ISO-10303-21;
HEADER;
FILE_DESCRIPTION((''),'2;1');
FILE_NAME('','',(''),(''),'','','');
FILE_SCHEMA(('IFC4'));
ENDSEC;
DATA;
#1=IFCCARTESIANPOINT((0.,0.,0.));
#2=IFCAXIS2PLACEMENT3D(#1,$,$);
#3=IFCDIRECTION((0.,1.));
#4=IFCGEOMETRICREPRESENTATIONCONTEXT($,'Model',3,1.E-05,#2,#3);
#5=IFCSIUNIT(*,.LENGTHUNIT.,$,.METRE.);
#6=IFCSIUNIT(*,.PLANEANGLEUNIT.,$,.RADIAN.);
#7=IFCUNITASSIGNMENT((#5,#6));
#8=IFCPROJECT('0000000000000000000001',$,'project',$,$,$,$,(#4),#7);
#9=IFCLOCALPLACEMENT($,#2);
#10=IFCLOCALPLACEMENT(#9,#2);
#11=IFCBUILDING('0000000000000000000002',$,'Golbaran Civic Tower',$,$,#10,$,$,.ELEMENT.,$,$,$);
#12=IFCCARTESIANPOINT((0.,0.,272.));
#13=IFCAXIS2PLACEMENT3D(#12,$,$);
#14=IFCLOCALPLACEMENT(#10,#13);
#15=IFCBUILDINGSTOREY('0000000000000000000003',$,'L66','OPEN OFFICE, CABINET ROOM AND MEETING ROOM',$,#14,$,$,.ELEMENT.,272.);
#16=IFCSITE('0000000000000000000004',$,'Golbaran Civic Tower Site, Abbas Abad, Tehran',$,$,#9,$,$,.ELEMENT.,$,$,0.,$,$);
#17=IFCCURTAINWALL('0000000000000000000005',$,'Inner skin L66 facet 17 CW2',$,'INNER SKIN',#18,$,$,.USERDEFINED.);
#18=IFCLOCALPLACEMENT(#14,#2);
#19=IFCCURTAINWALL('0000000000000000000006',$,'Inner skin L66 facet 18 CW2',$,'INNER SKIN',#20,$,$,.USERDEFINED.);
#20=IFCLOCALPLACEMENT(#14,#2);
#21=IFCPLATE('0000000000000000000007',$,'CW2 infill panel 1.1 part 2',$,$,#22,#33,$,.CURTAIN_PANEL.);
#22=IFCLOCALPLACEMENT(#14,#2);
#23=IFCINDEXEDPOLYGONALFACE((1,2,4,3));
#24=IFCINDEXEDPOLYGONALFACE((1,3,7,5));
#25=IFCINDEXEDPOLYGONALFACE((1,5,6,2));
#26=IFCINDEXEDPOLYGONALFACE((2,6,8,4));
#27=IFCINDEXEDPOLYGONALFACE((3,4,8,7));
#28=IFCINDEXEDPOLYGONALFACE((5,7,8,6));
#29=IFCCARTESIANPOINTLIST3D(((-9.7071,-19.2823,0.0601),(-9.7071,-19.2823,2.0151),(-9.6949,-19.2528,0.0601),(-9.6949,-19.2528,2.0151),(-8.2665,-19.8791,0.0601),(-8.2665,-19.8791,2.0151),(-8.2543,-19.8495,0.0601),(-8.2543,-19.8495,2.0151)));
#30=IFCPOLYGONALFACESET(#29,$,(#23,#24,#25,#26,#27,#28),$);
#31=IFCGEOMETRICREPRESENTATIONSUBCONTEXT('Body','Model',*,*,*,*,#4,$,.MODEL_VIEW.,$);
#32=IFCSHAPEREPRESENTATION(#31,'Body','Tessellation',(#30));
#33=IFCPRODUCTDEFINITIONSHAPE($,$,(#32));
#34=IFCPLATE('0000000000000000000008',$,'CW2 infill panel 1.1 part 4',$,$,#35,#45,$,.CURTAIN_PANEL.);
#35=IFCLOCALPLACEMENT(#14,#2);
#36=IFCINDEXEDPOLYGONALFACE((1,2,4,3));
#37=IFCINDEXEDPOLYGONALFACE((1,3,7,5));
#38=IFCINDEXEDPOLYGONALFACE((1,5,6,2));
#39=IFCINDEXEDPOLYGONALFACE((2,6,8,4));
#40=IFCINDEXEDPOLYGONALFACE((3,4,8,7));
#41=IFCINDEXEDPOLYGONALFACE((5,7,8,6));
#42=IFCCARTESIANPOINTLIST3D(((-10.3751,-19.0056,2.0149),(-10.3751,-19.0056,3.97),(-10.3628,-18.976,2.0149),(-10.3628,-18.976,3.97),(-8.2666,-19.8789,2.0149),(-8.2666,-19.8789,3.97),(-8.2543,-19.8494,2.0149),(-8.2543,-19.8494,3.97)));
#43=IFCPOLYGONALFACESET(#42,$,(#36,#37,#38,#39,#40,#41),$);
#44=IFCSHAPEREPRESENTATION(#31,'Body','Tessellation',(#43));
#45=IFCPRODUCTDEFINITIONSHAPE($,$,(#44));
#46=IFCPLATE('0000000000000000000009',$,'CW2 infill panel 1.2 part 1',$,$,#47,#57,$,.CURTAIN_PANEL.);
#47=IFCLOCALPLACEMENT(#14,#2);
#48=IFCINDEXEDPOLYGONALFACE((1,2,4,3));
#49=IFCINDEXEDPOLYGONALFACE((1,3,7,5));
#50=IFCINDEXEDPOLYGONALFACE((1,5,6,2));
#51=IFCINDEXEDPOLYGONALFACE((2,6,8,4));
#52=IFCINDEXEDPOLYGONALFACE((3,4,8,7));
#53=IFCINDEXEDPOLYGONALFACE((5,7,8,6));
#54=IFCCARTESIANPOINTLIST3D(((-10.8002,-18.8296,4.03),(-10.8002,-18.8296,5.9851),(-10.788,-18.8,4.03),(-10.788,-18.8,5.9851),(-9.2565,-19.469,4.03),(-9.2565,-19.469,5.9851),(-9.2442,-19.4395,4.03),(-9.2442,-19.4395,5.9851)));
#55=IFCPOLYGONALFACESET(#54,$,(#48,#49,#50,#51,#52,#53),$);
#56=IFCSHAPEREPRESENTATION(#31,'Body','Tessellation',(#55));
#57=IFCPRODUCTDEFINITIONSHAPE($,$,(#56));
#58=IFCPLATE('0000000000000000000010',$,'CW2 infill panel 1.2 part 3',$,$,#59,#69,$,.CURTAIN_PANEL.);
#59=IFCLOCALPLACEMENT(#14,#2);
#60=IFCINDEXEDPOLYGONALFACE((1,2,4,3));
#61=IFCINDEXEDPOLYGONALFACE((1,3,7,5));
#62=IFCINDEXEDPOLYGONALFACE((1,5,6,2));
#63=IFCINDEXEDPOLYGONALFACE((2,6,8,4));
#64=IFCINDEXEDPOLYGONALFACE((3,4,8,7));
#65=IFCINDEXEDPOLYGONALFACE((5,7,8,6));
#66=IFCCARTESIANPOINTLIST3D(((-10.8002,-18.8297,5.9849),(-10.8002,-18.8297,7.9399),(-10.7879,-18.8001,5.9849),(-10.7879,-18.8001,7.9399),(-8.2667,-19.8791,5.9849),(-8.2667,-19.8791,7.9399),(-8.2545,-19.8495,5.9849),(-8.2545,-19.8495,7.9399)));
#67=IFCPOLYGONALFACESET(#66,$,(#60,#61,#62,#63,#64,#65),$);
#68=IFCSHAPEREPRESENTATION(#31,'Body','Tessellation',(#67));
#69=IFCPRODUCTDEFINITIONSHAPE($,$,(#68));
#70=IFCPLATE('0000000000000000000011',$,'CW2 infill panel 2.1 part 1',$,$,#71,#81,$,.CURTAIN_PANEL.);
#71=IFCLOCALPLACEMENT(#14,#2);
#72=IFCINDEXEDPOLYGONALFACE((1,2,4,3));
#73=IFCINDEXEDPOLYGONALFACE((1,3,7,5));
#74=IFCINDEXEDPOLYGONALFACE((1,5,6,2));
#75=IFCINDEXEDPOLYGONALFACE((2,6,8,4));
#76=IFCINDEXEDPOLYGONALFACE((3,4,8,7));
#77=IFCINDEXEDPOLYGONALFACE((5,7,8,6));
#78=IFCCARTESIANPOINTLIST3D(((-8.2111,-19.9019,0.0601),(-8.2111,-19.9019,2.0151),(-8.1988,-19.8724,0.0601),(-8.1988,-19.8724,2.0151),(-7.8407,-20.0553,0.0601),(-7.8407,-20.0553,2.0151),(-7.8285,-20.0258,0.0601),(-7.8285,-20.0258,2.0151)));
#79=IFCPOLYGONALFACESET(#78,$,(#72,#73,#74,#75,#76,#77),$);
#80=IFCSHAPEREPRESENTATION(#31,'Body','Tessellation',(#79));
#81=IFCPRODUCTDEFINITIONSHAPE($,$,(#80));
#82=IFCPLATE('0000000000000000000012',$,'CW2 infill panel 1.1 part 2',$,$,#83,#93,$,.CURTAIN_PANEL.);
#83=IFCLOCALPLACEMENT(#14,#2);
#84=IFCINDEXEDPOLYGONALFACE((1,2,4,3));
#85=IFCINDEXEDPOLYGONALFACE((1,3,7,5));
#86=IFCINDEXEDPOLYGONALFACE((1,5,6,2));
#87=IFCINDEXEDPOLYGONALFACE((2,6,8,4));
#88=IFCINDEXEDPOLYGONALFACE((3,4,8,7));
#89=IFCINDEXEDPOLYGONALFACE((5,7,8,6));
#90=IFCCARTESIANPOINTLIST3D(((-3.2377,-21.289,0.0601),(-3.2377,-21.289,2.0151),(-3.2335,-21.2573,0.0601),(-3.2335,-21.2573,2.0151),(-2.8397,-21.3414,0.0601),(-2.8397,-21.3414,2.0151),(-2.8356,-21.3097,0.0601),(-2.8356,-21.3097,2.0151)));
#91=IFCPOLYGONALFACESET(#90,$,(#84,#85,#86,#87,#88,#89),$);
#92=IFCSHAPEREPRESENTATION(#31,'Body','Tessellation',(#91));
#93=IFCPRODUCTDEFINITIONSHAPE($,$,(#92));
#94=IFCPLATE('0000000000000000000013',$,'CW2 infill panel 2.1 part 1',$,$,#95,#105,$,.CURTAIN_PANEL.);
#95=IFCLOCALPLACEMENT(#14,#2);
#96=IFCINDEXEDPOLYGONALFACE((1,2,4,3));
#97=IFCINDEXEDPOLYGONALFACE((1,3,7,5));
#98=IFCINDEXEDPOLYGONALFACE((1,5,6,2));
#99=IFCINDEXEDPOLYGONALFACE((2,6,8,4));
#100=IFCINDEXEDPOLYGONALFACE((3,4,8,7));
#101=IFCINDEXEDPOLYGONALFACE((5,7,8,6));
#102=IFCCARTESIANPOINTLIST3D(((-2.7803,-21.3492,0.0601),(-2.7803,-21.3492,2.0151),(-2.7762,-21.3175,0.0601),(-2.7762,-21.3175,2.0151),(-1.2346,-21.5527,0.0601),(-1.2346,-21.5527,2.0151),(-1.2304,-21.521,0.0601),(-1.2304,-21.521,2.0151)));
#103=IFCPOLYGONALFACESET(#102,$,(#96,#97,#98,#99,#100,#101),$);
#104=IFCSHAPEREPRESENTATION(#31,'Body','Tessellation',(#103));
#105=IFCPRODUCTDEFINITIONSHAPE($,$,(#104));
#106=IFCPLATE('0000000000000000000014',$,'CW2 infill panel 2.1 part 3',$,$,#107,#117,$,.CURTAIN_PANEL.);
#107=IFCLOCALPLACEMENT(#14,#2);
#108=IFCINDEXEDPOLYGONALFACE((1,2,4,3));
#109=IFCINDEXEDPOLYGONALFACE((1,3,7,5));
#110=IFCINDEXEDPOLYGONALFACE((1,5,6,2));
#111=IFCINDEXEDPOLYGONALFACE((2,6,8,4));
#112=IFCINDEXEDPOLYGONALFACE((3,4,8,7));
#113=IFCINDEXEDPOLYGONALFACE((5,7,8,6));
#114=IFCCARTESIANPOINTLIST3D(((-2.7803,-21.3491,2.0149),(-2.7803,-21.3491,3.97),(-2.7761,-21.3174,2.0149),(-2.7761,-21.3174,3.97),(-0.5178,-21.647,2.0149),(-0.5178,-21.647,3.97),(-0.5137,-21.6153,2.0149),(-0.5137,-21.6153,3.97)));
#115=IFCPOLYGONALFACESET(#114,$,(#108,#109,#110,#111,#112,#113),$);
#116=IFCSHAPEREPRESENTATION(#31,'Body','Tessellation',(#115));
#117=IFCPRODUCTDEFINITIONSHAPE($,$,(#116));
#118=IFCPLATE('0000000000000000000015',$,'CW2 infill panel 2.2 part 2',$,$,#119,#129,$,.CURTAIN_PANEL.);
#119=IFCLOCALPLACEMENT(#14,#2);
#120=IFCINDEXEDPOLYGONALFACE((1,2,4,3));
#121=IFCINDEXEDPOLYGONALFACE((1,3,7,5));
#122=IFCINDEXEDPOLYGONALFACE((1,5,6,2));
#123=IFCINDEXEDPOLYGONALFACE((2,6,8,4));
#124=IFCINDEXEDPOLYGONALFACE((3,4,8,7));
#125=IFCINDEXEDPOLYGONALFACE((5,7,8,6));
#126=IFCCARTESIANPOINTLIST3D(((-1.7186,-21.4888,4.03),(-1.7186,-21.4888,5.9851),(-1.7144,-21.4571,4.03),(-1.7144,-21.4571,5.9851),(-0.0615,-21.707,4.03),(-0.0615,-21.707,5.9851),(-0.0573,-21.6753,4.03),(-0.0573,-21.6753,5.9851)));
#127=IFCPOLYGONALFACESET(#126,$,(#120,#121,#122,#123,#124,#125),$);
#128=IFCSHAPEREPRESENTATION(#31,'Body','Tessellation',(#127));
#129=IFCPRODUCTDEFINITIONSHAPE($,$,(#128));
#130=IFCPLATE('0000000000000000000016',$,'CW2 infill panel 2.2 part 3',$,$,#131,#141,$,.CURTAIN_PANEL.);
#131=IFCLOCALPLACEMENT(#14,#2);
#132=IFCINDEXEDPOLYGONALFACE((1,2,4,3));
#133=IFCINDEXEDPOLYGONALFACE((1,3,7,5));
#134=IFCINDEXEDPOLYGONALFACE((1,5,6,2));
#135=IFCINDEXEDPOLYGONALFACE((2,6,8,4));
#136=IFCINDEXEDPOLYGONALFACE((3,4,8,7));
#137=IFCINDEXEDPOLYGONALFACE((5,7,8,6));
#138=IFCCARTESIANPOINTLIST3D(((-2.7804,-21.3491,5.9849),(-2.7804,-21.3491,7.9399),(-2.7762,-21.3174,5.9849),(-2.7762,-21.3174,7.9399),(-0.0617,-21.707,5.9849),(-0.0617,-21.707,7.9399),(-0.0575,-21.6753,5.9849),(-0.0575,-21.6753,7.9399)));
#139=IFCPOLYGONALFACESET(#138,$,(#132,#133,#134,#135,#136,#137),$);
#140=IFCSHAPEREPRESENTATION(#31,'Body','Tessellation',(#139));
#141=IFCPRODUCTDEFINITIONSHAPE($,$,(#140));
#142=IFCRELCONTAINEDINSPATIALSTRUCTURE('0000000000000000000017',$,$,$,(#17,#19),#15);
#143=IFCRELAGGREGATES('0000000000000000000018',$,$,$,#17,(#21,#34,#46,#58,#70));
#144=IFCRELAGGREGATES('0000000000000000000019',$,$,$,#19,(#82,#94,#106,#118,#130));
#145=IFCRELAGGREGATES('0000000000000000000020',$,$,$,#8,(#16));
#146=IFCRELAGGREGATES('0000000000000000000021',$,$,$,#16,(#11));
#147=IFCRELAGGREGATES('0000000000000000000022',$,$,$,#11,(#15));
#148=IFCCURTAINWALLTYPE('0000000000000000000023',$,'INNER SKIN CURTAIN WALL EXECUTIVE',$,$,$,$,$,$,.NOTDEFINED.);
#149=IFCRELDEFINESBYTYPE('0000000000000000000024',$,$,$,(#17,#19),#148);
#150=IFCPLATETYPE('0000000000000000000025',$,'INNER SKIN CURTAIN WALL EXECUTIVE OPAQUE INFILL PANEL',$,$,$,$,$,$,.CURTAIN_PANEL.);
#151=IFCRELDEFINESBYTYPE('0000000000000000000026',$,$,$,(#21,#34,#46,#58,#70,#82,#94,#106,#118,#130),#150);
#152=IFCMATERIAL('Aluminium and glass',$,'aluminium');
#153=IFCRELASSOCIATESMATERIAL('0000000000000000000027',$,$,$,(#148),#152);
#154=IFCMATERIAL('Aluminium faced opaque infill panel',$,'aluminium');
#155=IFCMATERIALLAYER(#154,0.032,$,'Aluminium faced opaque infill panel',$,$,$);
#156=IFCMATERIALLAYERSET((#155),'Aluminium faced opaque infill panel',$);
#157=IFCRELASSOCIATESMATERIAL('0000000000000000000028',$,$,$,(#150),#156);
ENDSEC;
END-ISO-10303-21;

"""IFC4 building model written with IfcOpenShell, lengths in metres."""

from ifc_helpers import new_model, si_unit, direction, frame, origin, origin_2d, place, context, subcontext, project, spatial, rectangle, extrude, material, layer, layer_set, type_object, element, aggregate, save


model = new_model("IFC4")

# Units and contexts
model_context = context("Model", 3, precision=1e-05, world=origin(), true_north=direction((0.0, 1.0)))
body_context = subcontext(model_context, "Body", "Model", "MODEL_VIEW")
ifc_project = project(units=[si_unit("LENGTHUNIT", "METRE"), si_unit("PLANEANGLEUNIT", "RADIAN")], contexts=[model_context])

# Site, building, storey
site_placement = place(None, origin())
site = spatial("IfcSite", under=ifc_project, at=site_placement, Name="Golbaran Civic Tower Site, Abbas Abad, Tehran", CompositionType="ELEMENT", RefElevation=0.0)
building_placement = place(site_placement, origin())
building = spatial("IfcBuilding", under=site, at=building_placement, Name="Golbaran Civic Tower", CompositionType="ELEMENT")
storey_placement = place(building_placement, frame((0.0, 0.0, 272.0)))
storey = spatial("IfcBuildingStorey", under=building, at=storey_placement, Name="L66", Description="OPEN OFFICE, CABINET ROOM AND MEETING ROOM", CompositionType="ELEMENT", Elevation=272.0)

# Curtain walls
ifc_material_1 = material(Name="Aluminium and glass", Category="aluminium")
curtain_wall_type = type_object("IfcCurtainWallType", Name="INNER SKIN CURTAIN WALL EXECUTIVE", PredefinedType="NOTDEFINED", material=ifc_material_1)
curtain_wall_1_placement = place(storey_placement, origin())
curtain_wall_1 = element("IfcCurtainWall", 1, at=curtain_wall_1_placement, inside=storey, type_object=curtain_wall_type, Name="Inner skin L66 facet 17 CW2", ObjectType="INNER SKIN", PredefinedType="USERDEFINED")
curtain_wall_2_placement = place(storey_placement, origin())
curtain_wall_2 = element("IfcCurtainWall", 2, at=curtain_wall_2_placement, inside=storey, type_object=curtain_wall_type, Name="Inner skin L66 facet 18 CW2", ObjectType="INNER SKIN", PredefinedType="USERDEFINED")

# Plates
ifc_material_2 = material(Name="Aluminium faced opaque infill panel", Category="aluminium")
ifc_layer_1 = layer(ifc_material_2, 0.032, Name="Aluminium faced opaque infill panel")
ifc_layer_set_1 = layer_set([ifc_layer_1], Name="Aluminium faced opaque infill panel")
plate_type_1 = type_object("IfcPlateType", Name="INNER SKIN CURTAIN WALL EXECUTIVE OPAQUE INFILL PANEL", PredefinedType="CURTAIN_PANEL", material=ifc_layer_set_1)
plate_1_placement = place(storey_placement, frame((-8.9807, -19.5659, 0.0601), z_axis=(0.0, 0.0, 1.0), x_axis=(0.92388, -0.382683, 0.0)))
plate_1 = element("IfcPlate", 3, at=plate_1_placement, type_object=plate_type_1, Name="CW2 infill panel 1.1 part 2", PredefinedType="CURTAIN_PANEL", context=body_context, shape_type="SweptSolid", body=[
    extrude(rectangle(XDim=1.5593, YDim=0.032, at=origin_2d()), origin(), (0.0, 0.0, 1.0), 1.9551),
])
plate_2_placement = place(storey_placement, frame((-9.3147, -19.4275, 2.0149), z_axis=(0.0, 0.0, 1.0), x_axis=(0.92388, -0.382683, 0.0)))
plate_2 = element("IfcPlate", 4, at=plate_2_placement, type_object=plate_type_1, Name="CW2 infill panel 1.1 part 4", PredefinedType="CURTAIN_PANEL", context=body_context, shape_type="SweptSolid", body=[
    extrude(rectangle(XDim=2.2822, YDim=0.032, at=origin_2d()), origin(), (0.0, 0.0, 1.0), 1.9551),
])
plate_3_placement = place(storey_placement, frame((-10.0222, -19.1345, 4.03), z_axis=(0.0, 0.0, 1.0), x_axis=(0.92388, -0.382683, 0.0)))
plate_3 = element("IfcPlate", 5, at=plate_3_placement, type_object=plate_type_1, Name="CW2 infill panel 1.2 part 1", PredefinedType="CURTAIN_PANEL", context=body_context, shape_type="SweptSolid", body=[
    extrude(rectangle(XDim=1.6709, YDim=0.032, at=origin_2d()), origin(), (0.0, 0.0, 1.0), 1.9551),
])
plate_4_placement = place(storey_placement, frame((-9.5273, -19.3396, 5.9849), z_axis=(0.0, 0.0, 1.0), x_axis=(0.92388, -0.382683, 0.0)))
plate_4 = element("IfcPlate", 6, at=plate_4_placement, type_object=plate_type_1, Name="CW2 infill panel 1.2 part 3", PredefinedType="CURTAIN_PANEL", context=body_context, shape_type="SweptSolid", body=[
    extrude(rectangle(XDim=2.7422, YDim=0.032, at=origin_2d()), origin(), (0.0, 0.0, 1.0), 1.9551),
])
plate_5_placement = place(storey_placement, frame((-8.0198, -19.9639, 0.0601), z_axis=(0.0, 0.0, 1.0), x_axis=(0.92388, -0.382683, 0.0)))
plate_5 = element("IfcPlate", 7, at=plate_5_placement, type_object=plate_type_1, Name="CW2 infill panel 2.1 part 1", PredefinedType="CURTAIN_PANEL", context=body_context, shape_type="SweptSolid", body=[
    extrude(rectangle(XDim=0.4009, YDim=0.032, at=origin_2d()), origin(), (0.0, 0.0, 1.0), 1.9551),
])
aggregate(curtain_wall_1, [plate_1, plate_2, plate_3, plate_4, plate_5])
plate_6_placement = place(storey_placement, frame((-3.0366, -21.2993, 0.0601), z_axis=(0.0, 0.0, 1.0), x_axis=(0.991445, -0.130526, 0.0)))
plate_6 = element("IfcPlate", 8, at=plate_6_placement, type_object=plate_type_1, Name="CW2 infill panel 1.1 part 2", PredefinedType="CURTAIN_PANEL", context=body_context, shape_type="SweptSolid", body=[
    extrude(rectangle(XDim=0.4014, YDim=0.032, at=origin_2d()), origin(), (0.0, 0.0, 1.0), 1.9551),
])
plate_7_placement = place(storey_placement, frame((-2.0054, -21.4351, 0.0601), z_axis=(0.0, 0.0, 1.0), x_axis=(0.991445, -0.130526, 0.0)))
plate_7 = element("IfcPlate", 9, at=plate_7_placement, type_object=plate_type_1, Name="CW2 infill panel 2.1 part 1", PredefinedType="CURTAIN_PANEL", context=body_context, shape_type="SweptSolid", body=[
    extrude(rectangle(XDim=1.5591, YDim=0.032, at=origin_2d()), origin(), (0.0, 0.0, 1.0), 1.9551),
])
plate_8_placement = place(storey_placement, frame((-1.647, -21.4822, 2.0149), z_axis=(0.0, 0.0, 1.0), x_axis=(0.991445, -0.130526, 0.0)))
plate_8 = element("IfcPlate", 10, at=plate_8_placement, type_object=plate_type_1, Name="CW2 infill panel 2.1 part 3", PredefinedType="CURTAIN_PANEL", context=body_context, shape_type="SweptSolid", body=[
    extrude(rectangle(XDim=2.282, YDim=0.032, at=origin_2d()), origin(), (0.0, 0.0, 1.0), 1.9551),
])
plate_9_placement = place(storey_placement, frame((-0.8879, -21.582, 4.03), z_axis=(0.0, 0.0, 1.0), x_axis=(0.991445, -0.130526, 0.0)))
plate_9 = element("IfcPlate", 11, at=plate_9_placement, type_object=plate_type_1, Name="CW2 infill panel 2.2 part 2", PredefinedType="CURTAIN_PANEL", context=body_context, shape_type="SweptSolid", body=[
    extrude(rectangle(XDim=1.6714, YDim=0.032, at=origin_2d()), origin(), (0.0, 0.0, 1.0), 1.9551),
])
plate_10_placement = place(storey_placement, frame((-1.4189, -21.5122, 5.9849), z_axis=(0.0, 0.0, 1.0), x_axis=(0.991445, -0.130526, 0.0)))
plate_10 = element("IfcPlate", 12, at=plate_10_placement, type_object=plate_type_1, Name="CW2 infill panel 2.2 part 3", PredefinedType="CURTAIN_PANEL", context=body_context, shape_type="SweptSolid", body=[
    extrude(rectangle(XDim=2.7422, YDim=0.032, at=origin_2d()), origin(), (0.0, 0.0, 1.0), 1.9551),
])
aggregate(curtain_wall_2, [plate_6, plate_7, plate_8, plate_9, plate_10])

save(model, "model.ifc")
